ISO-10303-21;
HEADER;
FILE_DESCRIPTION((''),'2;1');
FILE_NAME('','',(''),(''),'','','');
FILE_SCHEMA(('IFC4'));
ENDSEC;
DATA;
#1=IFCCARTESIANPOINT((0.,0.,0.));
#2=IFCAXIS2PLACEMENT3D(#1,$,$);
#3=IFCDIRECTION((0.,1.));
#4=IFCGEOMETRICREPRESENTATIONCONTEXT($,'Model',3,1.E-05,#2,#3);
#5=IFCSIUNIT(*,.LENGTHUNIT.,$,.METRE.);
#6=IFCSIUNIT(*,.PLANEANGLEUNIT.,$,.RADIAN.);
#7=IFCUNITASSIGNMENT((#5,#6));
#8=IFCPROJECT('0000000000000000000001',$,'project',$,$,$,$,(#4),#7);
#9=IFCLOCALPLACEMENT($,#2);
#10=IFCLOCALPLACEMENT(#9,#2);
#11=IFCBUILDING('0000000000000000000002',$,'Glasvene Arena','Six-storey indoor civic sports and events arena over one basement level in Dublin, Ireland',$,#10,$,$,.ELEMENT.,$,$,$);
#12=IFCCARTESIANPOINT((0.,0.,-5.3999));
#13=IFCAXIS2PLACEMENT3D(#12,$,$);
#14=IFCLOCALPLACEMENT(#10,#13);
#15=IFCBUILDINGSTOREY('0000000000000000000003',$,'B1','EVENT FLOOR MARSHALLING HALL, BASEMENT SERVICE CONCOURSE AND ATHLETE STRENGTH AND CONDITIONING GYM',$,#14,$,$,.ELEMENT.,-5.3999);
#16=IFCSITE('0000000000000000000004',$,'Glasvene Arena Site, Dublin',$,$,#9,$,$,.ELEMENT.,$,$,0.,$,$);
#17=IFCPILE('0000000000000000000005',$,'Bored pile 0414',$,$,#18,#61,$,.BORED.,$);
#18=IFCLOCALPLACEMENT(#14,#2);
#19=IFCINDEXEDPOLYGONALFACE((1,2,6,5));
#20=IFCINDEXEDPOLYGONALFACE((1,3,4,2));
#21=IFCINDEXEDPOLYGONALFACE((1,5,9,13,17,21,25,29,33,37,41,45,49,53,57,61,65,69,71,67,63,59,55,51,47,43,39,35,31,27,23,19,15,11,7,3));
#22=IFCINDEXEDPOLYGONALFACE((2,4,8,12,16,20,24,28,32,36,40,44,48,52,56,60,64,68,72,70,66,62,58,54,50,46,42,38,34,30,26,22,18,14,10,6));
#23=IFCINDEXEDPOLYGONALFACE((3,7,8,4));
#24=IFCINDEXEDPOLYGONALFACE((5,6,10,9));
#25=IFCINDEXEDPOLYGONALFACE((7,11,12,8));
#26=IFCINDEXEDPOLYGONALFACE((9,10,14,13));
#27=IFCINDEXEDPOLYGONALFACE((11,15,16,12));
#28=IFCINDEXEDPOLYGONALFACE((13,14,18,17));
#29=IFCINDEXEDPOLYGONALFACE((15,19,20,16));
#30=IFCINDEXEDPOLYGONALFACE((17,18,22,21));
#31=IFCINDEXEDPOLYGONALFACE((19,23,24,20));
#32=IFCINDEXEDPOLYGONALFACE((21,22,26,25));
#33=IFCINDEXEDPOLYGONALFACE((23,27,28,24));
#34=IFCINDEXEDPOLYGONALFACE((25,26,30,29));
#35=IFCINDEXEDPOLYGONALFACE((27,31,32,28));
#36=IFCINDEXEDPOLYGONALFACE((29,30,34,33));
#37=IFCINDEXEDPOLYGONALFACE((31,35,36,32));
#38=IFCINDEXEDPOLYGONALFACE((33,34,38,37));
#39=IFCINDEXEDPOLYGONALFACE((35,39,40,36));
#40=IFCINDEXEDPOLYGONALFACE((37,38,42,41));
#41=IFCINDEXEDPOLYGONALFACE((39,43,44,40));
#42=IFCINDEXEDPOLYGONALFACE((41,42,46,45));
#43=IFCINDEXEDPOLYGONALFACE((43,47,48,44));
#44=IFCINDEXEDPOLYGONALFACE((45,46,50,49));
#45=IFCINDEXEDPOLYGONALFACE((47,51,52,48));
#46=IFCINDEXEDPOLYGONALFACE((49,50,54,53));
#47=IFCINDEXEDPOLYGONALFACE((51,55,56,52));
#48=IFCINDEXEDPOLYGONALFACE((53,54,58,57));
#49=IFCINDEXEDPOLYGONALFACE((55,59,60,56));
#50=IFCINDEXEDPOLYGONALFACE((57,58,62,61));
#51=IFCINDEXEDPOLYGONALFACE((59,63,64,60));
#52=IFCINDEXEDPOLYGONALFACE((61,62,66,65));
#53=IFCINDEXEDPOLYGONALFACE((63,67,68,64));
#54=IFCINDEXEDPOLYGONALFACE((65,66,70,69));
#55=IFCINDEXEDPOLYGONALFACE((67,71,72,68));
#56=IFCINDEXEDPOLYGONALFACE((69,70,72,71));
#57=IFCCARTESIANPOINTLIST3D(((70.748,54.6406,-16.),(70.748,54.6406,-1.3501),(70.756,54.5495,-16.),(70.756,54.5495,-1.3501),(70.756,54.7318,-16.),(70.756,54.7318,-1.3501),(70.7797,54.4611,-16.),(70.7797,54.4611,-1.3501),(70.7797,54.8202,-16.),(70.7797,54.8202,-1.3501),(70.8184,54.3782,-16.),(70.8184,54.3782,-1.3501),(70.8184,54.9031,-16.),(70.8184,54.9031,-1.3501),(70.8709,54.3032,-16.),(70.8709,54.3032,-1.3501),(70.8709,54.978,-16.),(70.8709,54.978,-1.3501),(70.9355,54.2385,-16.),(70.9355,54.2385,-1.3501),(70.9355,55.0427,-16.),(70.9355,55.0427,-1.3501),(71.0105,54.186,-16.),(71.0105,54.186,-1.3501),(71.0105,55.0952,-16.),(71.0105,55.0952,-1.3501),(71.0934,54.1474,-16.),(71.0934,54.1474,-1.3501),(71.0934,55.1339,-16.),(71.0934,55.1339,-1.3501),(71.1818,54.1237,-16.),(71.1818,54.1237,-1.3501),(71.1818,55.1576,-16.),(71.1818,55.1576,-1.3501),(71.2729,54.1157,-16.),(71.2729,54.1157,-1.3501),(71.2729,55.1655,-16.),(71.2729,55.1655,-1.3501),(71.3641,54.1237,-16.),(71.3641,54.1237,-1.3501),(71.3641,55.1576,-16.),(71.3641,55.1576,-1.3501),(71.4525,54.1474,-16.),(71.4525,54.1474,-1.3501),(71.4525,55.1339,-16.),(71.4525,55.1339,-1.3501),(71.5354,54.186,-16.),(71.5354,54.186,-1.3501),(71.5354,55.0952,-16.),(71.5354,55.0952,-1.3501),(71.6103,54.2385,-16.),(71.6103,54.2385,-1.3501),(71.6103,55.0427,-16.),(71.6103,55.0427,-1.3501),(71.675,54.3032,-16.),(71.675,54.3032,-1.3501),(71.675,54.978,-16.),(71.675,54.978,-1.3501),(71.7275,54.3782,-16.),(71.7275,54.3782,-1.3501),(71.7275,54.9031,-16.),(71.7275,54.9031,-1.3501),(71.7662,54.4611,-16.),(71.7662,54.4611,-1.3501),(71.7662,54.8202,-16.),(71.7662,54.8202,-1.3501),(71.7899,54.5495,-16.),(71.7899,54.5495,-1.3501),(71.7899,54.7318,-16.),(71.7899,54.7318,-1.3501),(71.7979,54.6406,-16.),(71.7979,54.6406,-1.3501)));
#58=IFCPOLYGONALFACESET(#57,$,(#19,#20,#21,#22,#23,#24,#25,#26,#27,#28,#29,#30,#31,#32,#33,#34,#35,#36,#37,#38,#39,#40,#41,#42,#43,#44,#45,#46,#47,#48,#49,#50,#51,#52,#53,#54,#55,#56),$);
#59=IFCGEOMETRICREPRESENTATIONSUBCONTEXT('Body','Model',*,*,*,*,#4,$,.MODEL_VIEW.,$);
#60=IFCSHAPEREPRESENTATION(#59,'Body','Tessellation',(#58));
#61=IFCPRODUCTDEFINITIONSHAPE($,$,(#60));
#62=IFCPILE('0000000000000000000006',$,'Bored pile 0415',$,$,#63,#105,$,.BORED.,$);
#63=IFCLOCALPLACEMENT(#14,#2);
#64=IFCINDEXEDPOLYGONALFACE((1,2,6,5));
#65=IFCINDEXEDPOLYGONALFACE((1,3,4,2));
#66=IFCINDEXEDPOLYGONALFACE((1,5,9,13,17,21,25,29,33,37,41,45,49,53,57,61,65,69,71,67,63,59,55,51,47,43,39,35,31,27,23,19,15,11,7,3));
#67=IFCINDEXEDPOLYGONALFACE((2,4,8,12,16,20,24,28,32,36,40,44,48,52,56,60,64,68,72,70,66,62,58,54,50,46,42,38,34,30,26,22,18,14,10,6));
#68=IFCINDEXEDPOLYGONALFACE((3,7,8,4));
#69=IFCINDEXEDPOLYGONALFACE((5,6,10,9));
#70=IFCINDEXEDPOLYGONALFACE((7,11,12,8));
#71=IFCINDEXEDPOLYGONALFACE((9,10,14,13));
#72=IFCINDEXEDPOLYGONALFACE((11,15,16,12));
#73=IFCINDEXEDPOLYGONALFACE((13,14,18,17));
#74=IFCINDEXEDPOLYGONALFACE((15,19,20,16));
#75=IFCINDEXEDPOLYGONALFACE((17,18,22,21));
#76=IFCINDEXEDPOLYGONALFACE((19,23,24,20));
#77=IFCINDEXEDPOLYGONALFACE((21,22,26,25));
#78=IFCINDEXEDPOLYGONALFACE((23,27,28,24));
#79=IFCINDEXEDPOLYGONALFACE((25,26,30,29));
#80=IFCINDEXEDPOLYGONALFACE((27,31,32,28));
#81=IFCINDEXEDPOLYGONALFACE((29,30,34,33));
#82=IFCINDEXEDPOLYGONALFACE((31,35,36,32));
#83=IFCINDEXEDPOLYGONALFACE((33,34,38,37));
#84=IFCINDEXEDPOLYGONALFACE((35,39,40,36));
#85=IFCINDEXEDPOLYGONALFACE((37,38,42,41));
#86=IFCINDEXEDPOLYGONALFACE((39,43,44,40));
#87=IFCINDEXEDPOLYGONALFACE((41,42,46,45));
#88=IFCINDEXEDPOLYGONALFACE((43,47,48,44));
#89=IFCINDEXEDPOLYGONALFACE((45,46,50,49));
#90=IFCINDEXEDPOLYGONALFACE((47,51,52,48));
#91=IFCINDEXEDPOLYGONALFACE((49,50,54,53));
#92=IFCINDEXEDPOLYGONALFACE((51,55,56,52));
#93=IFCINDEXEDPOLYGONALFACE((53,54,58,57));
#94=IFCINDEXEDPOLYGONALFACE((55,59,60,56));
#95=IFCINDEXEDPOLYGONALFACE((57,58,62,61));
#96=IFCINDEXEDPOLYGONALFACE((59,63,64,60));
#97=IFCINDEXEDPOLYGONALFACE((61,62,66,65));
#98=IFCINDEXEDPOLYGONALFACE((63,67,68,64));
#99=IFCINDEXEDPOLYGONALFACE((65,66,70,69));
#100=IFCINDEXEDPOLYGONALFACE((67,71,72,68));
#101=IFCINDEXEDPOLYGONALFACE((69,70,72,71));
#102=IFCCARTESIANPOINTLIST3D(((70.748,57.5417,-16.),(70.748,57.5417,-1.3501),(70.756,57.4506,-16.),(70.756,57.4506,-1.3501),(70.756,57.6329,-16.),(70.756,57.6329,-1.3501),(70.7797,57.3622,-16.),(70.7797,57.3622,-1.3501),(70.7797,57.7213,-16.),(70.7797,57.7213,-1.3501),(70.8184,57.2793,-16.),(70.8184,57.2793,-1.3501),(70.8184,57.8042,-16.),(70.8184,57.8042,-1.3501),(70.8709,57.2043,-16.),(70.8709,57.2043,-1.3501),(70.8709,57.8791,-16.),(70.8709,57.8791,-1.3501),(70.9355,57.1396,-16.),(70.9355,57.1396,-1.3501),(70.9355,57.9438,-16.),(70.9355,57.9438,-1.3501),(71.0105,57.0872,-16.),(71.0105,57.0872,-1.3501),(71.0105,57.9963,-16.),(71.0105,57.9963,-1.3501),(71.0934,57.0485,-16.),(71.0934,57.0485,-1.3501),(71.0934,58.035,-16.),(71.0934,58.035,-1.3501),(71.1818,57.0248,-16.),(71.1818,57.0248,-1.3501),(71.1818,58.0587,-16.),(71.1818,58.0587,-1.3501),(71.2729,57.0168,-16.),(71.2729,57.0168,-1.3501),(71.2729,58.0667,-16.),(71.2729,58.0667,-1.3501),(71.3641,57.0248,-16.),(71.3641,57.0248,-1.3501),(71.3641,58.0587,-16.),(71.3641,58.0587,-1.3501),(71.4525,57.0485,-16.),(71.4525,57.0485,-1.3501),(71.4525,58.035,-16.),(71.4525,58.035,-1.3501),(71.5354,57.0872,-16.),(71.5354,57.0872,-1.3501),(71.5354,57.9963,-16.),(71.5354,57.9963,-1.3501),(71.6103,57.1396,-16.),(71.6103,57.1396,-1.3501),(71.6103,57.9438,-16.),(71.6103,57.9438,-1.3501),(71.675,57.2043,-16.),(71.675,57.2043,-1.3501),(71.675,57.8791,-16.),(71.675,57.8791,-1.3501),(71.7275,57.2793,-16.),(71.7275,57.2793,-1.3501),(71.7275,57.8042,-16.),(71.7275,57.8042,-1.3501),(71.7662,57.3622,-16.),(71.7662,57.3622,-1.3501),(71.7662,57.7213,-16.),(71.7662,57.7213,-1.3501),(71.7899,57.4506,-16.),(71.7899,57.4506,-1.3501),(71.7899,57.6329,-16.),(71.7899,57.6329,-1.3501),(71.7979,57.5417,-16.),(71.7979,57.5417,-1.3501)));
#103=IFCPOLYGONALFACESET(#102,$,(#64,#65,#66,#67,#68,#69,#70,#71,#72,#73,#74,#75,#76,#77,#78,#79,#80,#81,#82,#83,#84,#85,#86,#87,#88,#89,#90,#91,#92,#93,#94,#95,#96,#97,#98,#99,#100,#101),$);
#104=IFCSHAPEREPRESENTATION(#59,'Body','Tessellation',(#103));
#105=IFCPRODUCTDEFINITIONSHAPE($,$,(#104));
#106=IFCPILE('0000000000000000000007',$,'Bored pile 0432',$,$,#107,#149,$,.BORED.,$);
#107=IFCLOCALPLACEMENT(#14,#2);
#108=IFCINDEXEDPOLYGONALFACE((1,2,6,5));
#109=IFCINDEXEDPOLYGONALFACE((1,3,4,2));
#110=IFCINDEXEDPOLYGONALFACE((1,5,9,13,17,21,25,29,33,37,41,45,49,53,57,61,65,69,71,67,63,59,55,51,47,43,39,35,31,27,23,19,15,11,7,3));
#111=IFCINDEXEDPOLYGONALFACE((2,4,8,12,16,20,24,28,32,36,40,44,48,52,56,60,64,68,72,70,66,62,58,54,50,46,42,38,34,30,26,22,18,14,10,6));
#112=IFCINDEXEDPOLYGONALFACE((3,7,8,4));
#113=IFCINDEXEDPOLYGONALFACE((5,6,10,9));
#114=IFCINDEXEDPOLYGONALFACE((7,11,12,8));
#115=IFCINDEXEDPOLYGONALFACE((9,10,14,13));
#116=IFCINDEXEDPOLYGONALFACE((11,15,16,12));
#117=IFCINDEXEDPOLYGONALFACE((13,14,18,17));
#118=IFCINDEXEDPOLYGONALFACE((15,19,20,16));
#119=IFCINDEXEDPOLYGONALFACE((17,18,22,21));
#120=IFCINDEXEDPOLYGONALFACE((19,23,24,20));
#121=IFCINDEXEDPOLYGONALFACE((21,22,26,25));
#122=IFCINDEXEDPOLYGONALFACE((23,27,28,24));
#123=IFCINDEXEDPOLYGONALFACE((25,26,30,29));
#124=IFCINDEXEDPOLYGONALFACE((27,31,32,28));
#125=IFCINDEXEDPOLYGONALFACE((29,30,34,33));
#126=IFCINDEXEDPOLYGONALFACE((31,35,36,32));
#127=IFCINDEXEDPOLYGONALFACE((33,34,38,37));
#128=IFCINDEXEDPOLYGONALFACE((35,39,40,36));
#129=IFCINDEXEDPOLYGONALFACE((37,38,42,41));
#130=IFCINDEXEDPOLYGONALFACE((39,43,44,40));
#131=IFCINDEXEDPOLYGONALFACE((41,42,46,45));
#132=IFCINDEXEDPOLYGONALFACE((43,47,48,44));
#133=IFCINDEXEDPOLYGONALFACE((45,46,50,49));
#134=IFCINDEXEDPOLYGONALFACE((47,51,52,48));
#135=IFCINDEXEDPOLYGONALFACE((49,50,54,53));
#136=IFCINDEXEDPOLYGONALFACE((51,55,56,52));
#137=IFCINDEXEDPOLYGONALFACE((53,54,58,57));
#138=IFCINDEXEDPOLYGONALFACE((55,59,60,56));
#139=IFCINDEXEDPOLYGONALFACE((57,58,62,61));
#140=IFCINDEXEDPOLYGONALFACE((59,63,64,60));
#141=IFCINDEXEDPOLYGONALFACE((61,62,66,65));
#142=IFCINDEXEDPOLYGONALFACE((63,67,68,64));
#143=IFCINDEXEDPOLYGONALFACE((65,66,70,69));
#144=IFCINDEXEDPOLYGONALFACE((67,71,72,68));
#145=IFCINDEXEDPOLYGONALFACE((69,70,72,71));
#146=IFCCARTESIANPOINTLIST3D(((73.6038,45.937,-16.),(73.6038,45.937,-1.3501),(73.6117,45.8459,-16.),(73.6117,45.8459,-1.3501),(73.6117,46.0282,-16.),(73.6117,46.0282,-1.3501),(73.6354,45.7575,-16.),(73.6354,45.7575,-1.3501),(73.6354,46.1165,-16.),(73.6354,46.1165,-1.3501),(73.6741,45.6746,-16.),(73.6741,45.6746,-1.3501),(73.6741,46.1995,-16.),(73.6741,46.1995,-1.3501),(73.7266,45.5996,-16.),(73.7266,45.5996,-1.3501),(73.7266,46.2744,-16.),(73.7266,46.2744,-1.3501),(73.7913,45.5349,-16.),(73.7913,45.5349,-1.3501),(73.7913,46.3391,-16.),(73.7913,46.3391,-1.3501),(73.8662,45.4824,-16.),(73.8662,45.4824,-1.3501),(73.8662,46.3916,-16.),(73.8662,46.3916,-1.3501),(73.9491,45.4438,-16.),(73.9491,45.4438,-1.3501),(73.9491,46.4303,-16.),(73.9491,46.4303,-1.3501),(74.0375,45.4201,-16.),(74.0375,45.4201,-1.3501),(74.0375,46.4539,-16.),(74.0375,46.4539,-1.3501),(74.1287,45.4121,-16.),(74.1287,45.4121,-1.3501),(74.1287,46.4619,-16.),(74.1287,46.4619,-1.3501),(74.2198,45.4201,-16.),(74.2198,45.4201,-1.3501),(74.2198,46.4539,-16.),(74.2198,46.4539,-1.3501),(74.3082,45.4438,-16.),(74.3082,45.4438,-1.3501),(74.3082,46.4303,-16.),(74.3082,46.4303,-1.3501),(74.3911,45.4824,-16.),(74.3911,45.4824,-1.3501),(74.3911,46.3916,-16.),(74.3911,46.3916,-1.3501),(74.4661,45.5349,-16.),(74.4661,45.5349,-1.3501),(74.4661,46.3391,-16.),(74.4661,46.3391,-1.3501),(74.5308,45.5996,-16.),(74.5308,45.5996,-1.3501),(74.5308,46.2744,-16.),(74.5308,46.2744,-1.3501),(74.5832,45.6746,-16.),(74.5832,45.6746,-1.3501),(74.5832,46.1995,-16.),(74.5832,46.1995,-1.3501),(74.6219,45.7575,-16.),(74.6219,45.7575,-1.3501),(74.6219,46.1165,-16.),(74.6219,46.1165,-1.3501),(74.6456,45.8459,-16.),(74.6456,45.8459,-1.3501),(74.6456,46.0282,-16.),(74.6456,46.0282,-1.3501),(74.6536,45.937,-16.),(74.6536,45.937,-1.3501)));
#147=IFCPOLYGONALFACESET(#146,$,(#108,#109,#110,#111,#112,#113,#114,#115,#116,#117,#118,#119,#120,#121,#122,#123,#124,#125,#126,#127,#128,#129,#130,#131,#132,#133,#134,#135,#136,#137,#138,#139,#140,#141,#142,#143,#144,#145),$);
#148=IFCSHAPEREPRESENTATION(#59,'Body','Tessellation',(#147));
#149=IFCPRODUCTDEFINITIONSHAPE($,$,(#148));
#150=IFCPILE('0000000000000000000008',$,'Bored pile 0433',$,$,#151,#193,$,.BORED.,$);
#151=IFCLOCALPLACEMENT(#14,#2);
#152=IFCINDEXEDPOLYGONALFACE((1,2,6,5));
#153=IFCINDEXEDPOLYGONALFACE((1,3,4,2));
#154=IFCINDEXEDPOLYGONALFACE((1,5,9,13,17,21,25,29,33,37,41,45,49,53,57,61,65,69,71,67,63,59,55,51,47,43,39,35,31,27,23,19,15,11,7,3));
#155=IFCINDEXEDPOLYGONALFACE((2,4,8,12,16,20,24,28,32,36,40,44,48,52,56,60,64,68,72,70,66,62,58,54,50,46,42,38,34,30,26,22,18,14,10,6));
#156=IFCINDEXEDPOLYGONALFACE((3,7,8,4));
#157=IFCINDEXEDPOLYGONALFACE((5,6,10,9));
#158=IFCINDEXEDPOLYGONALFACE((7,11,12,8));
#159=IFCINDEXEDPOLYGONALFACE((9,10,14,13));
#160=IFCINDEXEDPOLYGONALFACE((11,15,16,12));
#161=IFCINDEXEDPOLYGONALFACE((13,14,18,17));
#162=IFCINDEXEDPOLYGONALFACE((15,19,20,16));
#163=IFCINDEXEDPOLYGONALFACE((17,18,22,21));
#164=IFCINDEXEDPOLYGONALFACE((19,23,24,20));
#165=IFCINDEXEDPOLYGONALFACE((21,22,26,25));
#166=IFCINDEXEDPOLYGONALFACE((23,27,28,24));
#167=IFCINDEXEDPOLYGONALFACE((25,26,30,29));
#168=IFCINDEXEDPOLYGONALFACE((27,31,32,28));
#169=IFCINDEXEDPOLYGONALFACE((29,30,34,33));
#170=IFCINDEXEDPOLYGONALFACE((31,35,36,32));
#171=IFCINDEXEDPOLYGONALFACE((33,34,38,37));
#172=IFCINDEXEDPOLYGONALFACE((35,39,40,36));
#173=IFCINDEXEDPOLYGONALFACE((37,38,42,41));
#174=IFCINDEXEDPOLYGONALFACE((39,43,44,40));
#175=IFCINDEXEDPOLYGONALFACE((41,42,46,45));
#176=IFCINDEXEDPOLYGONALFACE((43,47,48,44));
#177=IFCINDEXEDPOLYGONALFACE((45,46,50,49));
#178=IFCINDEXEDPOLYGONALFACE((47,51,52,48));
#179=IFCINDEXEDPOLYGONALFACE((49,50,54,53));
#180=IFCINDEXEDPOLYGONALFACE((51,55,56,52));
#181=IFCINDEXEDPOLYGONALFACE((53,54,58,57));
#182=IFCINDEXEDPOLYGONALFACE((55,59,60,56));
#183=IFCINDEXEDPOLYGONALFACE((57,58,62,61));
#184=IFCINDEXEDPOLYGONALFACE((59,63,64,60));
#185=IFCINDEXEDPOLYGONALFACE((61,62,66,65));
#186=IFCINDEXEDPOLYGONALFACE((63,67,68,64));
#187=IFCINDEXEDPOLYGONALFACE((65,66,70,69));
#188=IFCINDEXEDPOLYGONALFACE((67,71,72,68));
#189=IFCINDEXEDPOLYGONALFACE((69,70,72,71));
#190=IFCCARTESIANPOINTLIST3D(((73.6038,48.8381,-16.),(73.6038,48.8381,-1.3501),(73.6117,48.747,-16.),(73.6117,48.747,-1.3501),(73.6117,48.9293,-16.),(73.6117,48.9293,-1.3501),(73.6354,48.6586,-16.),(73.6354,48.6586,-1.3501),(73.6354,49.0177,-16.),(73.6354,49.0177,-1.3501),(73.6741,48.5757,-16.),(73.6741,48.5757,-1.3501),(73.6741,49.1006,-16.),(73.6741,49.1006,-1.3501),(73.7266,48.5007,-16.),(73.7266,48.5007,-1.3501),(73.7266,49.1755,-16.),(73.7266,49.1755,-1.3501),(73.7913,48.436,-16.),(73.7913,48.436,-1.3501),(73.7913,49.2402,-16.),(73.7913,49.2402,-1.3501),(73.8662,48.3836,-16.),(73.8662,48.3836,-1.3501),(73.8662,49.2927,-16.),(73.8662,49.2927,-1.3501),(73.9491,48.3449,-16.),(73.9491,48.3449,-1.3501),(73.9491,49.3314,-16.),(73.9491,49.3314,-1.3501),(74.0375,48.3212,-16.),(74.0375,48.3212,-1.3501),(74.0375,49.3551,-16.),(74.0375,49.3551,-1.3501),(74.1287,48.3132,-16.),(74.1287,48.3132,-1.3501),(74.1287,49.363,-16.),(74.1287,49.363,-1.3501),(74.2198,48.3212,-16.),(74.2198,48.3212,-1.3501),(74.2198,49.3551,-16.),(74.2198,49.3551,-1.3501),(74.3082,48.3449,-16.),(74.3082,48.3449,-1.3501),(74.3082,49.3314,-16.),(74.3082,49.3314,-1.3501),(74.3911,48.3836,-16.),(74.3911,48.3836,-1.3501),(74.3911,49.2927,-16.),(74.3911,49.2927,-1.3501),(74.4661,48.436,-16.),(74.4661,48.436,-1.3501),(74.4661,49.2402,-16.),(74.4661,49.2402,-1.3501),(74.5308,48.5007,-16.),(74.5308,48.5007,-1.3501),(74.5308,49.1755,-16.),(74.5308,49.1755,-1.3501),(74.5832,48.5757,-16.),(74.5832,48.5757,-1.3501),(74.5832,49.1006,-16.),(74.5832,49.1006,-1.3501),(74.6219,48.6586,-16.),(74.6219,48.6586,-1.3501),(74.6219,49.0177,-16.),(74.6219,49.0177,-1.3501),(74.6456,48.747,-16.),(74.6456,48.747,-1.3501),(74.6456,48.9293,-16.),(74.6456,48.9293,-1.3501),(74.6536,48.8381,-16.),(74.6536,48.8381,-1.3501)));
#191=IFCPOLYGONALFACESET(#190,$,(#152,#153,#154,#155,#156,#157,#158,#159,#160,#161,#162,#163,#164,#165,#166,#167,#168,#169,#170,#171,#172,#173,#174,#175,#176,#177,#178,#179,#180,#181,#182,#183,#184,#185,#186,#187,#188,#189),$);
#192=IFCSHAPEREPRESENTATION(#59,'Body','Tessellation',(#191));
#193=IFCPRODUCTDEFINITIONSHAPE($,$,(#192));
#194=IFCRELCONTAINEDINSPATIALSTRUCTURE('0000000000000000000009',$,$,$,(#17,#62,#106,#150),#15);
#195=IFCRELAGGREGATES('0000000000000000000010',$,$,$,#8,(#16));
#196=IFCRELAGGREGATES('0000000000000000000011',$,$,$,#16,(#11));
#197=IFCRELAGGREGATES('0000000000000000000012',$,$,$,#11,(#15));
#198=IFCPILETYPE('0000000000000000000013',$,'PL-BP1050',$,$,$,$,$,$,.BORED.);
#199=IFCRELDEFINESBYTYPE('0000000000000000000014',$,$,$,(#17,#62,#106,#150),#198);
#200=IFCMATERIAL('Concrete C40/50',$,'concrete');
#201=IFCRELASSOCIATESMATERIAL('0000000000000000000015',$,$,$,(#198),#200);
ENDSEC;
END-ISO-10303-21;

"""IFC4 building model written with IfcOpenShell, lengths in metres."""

from ifc_helpers import new_model, si_unit, direction, frame, origin, origin_2d, place, context, subcontext, project, spatial, circle, extrude, material, material_profile, profile_set, type_object, element, save


model = new_model("IFC4")

# Units and contexts
model_context = context("Model", 3, precision=1e-05, world=origin(), true_north=direction((0.0, 1.0)))
body_context = subcontext(model_context, "Body", "Model", "MODEL_VIEW")
ifc_project = project(units=[si_unit("LENGTHUNIT", "METRE"), si_unit("PLANEANGLEUNIT", "RADIAN")], contexts=[model_context])

# Site, building, storey
site_placement = place(None, origin())
site = spatial("IfcSite", under=ifc_project, at=site_placement, Name="Glasvene Arena Site, Dublin", CompositionType="ELEMENT", RefElevation=0.0)
building_placement = place(site_placement, origin())
building = spatial("IfcBuilding", under=site, at=building_placement, Name="Glasvene Arena", Description="Six-storey indoor civic sports and events arena over one basement level in Dublin, Ireland", CompositionType="ELEMENT")
storey_placement = place(building_placement, frame((0.0, 0.0, -5.3999)))
storey = spatial("IfcBuildingStorey", under=building, at=storey_placement, Name="B1", Description="EVENT FLOOR MARSHALLING HALL, BASEMENT SERVICE CONCOURSE AND ATHLETE STRENGTH AND CONDITIONING GYM", CompositionType="ELEMENT", Elevation=-5.3999)

# Piles
ifc_material_1 = material(Name="Concrete C40/50", Category="concrete")
ifc_material_profile_1 = material_profile(ifc_material_1, circle(Radius=0.5249, at=origin_2d()), Name="BORED PILE 1050")
ifc_profile_set_1 = profile_set([ifc_material_profile_1], Name="Concrete C40/50")
pile_type = type_object("IfcPileType", Name="PL-BP1050", PredefinedType="BORED", material=ifc_profile_set_1)
for number, where, z_axis, x_axis, name in (
    (1, (71.2729, 54.6406, -1.3501), (0.0, 0.0, -1.0), (1.0, 0.0, 0.0), "Bored pile 0414"),
    (2, (71.2729, 57.5417, -1.3501), (0.0, 0.0, -1.0), (1.0, 0.0, 0.0), "Bored pile 0415"),
    (3, (74.1287, 45.937, -1.3501), (0.0, 0.0, -1.0), (1.0, 0.0, 0.0), "Bored pile 0432"),
    (4, (74.1287, 48.8381, -1.3501), (0.0, 0.0, -1.0), (1.0, 0.0, 0.0), "Bored pile 0433"),
):
    element("IfcPile", number, at=place(storey_placement, frame(where, z_axis=z_axis, x_axis=x_axis)), inside=storey, type_object=pile_type, Name=name, PredefinedType="BORED", context=body_context, shape_type="SweptSolid", body=[
        extrude(circle(Radius=0.5249, at=origin_2d()), origin(), (0.0, 0.0, 1.0), 14.6499),
    ])

save(model, "model.ifc")
